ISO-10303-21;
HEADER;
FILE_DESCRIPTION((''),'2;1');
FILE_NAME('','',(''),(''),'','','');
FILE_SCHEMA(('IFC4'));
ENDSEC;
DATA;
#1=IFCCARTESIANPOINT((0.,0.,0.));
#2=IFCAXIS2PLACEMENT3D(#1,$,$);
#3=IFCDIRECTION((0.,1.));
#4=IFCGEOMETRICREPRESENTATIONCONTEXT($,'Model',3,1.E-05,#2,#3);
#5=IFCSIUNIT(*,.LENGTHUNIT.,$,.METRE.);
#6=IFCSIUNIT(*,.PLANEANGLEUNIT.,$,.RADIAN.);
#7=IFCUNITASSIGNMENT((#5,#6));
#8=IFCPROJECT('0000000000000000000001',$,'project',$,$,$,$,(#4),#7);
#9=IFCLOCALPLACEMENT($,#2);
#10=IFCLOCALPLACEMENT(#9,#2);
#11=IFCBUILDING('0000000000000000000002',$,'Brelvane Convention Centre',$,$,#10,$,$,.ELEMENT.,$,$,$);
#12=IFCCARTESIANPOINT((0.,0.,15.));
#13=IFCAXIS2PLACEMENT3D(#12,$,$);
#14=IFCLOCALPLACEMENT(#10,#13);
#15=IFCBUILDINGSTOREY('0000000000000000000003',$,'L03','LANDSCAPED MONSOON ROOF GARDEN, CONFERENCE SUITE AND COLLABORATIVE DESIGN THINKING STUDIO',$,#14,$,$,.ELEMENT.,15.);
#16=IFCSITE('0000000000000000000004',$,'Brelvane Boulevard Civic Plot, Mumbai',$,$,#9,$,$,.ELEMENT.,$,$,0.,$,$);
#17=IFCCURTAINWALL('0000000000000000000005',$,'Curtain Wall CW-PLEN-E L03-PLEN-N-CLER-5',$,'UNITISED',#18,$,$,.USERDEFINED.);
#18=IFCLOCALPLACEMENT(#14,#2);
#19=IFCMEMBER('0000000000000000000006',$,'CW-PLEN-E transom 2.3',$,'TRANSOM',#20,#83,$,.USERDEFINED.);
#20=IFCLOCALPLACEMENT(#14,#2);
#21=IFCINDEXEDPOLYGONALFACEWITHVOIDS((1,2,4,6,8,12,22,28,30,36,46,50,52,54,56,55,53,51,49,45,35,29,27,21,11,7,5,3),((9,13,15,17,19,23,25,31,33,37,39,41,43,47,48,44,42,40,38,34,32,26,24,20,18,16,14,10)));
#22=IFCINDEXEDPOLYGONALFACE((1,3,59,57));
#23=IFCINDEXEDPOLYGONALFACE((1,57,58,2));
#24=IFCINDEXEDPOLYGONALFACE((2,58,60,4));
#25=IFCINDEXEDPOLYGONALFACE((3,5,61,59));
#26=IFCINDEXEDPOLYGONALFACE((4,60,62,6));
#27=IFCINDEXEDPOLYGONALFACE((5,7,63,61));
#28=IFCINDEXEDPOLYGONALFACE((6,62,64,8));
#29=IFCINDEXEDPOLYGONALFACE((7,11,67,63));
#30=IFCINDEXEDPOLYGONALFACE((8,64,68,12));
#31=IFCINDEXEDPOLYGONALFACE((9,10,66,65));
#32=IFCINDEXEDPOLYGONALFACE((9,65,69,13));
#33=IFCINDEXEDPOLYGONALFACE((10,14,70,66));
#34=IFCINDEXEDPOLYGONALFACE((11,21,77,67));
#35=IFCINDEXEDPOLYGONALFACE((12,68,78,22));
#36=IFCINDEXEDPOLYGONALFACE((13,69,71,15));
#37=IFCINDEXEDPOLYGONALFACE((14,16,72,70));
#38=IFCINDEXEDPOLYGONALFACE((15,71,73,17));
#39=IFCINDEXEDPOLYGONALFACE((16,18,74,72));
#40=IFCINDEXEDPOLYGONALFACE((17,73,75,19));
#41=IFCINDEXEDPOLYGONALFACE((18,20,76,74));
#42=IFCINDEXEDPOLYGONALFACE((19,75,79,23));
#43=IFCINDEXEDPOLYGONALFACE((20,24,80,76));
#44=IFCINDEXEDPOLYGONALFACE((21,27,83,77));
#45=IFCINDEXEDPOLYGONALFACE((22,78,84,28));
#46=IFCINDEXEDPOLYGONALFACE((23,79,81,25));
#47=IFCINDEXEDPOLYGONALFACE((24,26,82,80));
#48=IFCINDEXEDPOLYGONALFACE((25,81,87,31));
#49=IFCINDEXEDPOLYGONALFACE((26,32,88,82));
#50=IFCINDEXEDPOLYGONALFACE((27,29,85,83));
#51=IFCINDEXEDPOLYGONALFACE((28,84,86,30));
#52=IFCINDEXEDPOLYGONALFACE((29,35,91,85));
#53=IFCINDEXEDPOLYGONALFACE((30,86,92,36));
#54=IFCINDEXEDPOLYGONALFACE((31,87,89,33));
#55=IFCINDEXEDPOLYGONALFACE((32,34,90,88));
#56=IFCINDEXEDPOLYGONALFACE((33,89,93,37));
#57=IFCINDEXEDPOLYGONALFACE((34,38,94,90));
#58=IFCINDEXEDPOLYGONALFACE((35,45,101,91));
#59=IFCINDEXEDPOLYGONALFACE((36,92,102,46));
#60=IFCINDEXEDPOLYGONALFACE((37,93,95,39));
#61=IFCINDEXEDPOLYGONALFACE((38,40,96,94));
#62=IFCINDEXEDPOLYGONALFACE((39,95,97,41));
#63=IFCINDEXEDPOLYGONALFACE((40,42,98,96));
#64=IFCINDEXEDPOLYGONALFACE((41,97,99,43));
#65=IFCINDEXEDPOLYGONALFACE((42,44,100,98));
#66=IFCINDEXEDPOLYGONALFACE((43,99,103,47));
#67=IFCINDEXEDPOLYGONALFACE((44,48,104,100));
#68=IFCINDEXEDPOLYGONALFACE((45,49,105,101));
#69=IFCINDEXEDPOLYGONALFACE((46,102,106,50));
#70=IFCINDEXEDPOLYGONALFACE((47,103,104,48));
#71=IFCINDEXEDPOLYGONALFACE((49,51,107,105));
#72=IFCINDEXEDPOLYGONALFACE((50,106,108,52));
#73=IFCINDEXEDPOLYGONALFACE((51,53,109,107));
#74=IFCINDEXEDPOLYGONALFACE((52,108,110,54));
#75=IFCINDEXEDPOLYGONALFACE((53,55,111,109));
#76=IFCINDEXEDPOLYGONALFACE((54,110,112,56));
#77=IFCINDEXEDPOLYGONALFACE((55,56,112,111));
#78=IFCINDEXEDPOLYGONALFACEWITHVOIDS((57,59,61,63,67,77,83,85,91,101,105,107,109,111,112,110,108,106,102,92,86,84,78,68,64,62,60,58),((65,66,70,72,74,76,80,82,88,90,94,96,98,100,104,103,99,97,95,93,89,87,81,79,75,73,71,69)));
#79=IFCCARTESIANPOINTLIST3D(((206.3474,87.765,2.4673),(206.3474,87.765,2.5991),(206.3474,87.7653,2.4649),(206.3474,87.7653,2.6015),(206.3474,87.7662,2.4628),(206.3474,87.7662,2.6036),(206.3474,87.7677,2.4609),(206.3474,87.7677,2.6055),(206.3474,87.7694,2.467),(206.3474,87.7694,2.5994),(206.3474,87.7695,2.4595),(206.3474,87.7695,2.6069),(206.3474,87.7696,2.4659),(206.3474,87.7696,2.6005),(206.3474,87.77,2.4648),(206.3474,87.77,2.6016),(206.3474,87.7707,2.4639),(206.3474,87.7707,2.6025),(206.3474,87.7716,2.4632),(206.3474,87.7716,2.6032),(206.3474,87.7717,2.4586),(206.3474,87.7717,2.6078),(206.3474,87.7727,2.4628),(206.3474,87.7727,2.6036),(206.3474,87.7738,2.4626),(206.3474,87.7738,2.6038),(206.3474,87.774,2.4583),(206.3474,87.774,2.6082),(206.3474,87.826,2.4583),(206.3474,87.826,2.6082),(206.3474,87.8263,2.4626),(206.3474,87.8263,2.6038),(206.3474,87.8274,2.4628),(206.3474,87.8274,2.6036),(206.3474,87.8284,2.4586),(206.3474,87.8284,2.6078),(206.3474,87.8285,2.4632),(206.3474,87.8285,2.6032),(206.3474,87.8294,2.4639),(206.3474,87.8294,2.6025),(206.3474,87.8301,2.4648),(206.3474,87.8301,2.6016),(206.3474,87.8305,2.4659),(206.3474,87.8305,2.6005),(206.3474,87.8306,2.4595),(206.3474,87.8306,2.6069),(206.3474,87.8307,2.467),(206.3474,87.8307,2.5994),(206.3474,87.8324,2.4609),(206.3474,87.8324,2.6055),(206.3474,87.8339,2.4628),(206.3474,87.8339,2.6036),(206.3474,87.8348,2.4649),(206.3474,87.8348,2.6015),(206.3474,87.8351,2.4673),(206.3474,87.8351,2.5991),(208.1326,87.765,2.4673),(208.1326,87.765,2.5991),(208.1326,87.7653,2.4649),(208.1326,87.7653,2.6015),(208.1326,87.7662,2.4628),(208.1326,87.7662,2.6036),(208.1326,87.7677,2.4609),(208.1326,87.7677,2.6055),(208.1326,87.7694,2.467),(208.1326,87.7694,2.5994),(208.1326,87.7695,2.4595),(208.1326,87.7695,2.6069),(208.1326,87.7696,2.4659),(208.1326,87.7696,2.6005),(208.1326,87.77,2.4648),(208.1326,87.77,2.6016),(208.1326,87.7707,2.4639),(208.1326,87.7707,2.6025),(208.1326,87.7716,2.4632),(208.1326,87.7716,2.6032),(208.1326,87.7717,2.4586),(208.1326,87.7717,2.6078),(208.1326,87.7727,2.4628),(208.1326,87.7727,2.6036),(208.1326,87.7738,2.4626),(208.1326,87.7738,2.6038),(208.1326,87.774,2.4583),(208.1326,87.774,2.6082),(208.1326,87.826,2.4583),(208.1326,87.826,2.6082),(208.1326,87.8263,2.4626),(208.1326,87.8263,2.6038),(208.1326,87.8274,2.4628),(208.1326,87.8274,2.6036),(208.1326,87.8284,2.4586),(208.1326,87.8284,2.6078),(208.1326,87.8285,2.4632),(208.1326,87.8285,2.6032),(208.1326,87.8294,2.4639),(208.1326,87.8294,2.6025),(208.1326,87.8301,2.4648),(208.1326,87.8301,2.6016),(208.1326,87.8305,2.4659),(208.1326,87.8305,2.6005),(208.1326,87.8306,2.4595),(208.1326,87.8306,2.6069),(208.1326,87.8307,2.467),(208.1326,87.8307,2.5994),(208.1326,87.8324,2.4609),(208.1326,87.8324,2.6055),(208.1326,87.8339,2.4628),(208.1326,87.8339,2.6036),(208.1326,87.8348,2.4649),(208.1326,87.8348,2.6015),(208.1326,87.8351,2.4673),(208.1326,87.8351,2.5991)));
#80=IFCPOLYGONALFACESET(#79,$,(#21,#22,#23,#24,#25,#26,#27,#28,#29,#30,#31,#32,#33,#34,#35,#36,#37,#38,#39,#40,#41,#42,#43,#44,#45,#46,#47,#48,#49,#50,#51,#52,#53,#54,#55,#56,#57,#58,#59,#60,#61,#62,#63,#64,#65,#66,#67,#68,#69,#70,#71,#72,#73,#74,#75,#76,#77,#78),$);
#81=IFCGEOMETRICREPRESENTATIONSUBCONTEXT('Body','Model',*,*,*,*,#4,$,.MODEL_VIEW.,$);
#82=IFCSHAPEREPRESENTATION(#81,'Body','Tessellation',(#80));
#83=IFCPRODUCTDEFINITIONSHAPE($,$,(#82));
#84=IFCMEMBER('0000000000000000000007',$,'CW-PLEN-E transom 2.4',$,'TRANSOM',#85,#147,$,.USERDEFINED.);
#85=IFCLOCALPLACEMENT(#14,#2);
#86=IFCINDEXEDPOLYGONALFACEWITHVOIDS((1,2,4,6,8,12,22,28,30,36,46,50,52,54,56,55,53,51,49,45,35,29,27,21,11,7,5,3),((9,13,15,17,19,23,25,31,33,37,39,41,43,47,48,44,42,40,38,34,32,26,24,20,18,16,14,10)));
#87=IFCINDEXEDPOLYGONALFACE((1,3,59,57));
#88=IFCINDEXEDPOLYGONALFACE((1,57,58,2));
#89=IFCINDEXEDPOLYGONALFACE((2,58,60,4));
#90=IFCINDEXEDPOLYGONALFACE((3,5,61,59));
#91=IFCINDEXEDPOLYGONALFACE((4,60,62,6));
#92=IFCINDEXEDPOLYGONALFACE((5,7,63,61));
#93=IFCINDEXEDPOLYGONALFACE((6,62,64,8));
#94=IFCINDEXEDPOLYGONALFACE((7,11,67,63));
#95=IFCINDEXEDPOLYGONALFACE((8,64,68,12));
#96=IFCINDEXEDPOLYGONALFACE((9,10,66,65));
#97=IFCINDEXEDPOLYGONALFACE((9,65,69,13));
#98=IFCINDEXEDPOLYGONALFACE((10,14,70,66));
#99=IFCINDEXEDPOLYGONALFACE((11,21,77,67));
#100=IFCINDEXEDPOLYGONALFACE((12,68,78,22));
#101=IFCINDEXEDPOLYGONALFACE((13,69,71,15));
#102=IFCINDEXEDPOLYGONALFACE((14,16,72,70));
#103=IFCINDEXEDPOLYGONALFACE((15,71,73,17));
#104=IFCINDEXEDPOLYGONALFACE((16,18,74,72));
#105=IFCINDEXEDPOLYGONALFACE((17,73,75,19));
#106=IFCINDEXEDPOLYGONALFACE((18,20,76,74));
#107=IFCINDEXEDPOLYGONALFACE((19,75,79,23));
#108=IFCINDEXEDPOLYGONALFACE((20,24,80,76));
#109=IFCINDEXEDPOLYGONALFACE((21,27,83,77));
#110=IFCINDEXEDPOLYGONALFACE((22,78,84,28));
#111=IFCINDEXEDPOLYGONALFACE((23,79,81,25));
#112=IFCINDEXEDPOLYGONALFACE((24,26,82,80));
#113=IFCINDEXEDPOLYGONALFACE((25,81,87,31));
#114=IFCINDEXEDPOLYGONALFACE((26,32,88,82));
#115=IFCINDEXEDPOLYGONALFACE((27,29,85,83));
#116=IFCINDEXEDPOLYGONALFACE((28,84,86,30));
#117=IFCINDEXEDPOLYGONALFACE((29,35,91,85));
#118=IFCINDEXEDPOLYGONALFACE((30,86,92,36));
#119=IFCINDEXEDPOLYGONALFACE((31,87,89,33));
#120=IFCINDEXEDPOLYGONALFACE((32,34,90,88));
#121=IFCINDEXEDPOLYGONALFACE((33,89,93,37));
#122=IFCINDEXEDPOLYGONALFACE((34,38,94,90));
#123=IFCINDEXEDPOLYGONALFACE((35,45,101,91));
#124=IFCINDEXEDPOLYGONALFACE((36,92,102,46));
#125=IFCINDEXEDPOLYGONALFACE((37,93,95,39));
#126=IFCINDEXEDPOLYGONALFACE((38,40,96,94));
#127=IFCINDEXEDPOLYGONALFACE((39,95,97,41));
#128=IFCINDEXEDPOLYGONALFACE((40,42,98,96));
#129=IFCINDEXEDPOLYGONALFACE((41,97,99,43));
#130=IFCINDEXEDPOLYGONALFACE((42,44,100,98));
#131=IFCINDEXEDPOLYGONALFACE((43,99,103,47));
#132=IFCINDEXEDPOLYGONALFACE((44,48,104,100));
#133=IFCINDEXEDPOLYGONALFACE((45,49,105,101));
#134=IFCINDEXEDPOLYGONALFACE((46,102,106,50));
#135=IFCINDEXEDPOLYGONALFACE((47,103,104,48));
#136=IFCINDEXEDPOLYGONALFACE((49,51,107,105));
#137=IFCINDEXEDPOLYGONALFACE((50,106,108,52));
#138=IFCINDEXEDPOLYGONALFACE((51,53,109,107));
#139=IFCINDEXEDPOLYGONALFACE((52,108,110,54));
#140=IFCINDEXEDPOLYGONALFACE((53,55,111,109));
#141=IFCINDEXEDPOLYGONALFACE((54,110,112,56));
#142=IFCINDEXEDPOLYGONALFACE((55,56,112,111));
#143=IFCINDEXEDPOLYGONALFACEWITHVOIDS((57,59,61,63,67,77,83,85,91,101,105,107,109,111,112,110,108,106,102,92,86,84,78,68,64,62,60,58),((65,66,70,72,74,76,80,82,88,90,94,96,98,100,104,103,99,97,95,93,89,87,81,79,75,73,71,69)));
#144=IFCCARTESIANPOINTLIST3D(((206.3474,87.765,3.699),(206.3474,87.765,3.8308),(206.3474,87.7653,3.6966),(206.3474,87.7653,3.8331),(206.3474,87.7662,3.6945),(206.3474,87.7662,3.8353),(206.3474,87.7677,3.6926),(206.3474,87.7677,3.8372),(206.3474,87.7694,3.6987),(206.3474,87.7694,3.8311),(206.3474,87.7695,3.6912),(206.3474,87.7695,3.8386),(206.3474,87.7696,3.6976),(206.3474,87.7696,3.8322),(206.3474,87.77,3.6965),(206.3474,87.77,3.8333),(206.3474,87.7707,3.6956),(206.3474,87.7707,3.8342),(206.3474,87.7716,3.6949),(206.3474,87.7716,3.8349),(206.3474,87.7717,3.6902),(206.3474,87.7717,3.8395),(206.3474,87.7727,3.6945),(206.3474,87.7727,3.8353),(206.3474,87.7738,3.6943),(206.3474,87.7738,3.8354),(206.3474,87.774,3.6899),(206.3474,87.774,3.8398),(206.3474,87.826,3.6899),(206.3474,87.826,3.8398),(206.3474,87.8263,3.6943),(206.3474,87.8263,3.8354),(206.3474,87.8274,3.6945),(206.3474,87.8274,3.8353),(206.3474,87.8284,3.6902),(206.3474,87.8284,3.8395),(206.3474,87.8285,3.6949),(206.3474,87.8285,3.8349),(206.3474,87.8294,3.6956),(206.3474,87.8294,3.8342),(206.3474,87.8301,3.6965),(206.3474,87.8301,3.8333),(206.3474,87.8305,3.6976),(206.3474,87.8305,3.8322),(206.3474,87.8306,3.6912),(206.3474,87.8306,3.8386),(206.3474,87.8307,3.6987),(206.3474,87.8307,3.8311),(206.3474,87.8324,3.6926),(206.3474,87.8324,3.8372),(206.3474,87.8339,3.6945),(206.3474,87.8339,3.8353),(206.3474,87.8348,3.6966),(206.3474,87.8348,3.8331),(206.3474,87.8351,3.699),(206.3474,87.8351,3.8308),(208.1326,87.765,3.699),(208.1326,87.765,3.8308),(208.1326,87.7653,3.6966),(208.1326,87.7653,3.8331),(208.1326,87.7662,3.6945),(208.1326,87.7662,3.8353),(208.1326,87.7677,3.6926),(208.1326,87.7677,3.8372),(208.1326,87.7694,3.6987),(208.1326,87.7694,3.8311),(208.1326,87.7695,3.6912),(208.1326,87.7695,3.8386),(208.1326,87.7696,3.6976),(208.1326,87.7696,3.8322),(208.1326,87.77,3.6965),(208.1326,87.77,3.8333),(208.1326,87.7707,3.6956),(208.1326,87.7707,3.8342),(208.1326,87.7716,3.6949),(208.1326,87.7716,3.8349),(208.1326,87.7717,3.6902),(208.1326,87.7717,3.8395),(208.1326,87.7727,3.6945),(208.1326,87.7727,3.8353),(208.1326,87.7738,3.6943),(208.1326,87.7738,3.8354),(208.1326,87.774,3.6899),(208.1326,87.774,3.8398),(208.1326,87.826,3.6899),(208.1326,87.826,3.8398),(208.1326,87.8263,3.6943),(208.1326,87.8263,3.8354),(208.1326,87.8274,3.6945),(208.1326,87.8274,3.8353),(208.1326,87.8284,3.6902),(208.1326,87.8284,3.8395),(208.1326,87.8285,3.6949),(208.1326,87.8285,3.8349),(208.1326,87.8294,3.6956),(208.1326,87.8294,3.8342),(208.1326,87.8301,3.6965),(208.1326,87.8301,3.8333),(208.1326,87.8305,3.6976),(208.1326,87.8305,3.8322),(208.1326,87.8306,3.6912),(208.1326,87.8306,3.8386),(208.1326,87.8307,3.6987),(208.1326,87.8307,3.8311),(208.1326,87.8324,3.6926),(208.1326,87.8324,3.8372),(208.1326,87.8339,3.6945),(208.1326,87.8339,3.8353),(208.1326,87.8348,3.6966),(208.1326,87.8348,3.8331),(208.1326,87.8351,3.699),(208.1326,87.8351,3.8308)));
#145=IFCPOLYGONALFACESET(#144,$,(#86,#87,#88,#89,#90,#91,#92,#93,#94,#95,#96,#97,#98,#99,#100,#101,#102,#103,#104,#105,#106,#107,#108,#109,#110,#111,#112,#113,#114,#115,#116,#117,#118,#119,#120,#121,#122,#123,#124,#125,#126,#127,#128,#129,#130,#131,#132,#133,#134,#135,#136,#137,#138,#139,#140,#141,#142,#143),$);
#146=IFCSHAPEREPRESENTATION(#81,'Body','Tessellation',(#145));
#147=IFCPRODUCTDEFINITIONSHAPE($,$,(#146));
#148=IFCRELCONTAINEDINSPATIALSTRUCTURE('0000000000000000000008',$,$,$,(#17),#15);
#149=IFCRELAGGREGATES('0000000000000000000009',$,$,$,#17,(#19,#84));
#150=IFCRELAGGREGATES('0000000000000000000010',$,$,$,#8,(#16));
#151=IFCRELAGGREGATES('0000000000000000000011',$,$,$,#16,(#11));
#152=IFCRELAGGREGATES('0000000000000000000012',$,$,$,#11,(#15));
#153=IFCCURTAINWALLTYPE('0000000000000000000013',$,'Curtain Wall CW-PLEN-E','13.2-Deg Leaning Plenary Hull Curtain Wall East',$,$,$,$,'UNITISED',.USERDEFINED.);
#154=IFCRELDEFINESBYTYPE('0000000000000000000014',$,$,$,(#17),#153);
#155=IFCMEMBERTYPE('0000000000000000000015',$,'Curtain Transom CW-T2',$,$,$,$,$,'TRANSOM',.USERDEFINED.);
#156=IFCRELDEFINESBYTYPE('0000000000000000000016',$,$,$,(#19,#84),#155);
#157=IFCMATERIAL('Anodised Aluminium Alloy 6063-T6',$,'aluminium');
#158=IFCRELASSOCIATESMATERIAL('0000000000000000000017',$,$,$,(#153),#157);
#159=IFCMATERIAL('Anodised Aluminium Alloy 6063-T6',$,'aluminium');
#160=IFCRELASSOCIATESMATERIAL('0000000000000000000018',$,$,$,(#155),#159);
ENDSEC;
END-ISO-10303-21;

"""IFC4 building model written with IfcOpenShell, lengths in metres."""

from ifc_helpers import new_model, si_unit, direction, frame, origin, origin_2d, place, context, subcontext, project, spatial, hollow_rectangle, extrude, material, material_profile, profile_set, type_object, element, aggregate, save


model = new_model("IFC4")

# Units and contexts
model_context = context("Model", 3, precision=1e-05, world=origin(), true_north=direction((0.0, 1.0)))
body_context = subcontext(model_context, "Body", "Model", "MODEL_VIEW")
ifc_project = project(units=[si_unit("LENGTHUNIT", "METRE"), si_unit("PLANEANGLEUNIT", "RADIAN")], contexts=[model_context])

# Site, building, storey
site_placement = place(None, origin())
site = spatial("IfcSite", under=ifc_project, at=site_placement, Name="Brelvane Boulevard Civic Plot, Mumbai", CompositionType="ELEMENT", RefElevation=0.0)
building_placement = place(site_placement, origin())
building = spatial("IfcBuilding", under=site, at=building_placement, Name="Brelvane Convention Centre", CompositionType="ELEMENT")
storey_placement = place(building_placement, frame((0.0, 0.0, 15.0)))
storey = spatial("IfcBuildingStorey", under=building, at=storey_placement, Name="L03", Description="LANDSCAPED MONSOON ROOF GARDEN, CONFERENCE SUITE AND COLLABORATIVE DESIGN THINKING STUDIO", CompositionType="ELEMENT", Elevation=15.0)

# Curtain wall, members
ifc_material_1 = material(Name="Anodised Aluminium Alloy 6063-T6", Category="aluminium")
curtain_wall_type = type_object("IfcCurtainWallType", Name="Curtain Wall CW-PLEN-E", Description="13.2-Deg Leaning Plenary Hull Curtain Wall East", ElementType="UNITISED", PredefinedType="USERDEFINED", material=ifc_material_1)
curtain_wall_placement = place(storey_placement, origin())
curtain_wall = element("IfcCurtainWall", 1, at=curtain_wall_placement, inside=storey, type_object=curtain_wall_type, Name="Curtain Wall CW-PLEN-E L03-PLEN-N-CLER-5", ObjectType="UNITISED", PredefinedType="USERDEFINED")
ifc_material_2 = material(Name="Anodised Aluminium Alloy 6063-T6", Category="aluminium")
ifc_material_profile_1 = material_profile(ifc_material_2, hollow_rectangle(XDim=0.0701, YDim=0.1499, WallThickness=0.0044, InnerFilletRadius=0.0044, OuterFilletRadius=0.009, at=origin_2d()), Name="ALU-T 150x70x4.5")
ifc_profile_set_1 = profile_set([ifc_material_profile_1], Name="Anodised Aluminium Alloy 6063-T6")
member_type_1 = type_object("IfcMemberType", Name="Curtain Transom CW-T2", ElementType="TRANSOM", PredefinedType="USERDEFINED", material=ifc_profile_set_1)
member_1_placement = place(storey_placement, frame((206.3474, 87.8, 2.5332), z_axis=(1.0, 0.0, 0.0), x_axis=(0.0, 1.0, 0.0)))
member_1 = element("IfcMember", 2, at=member_1_placement, type_object=member_type_1, Name="CW-PLEN-E transom 2.3", ObjectType="TRANSOM", PredefinedType="USERDEFINED", context=body_context, shape_type="SweptSolid", body=[
    extrude(hollow_rectangle(XDim=0.0701, YDim=0.1499, WallThickness=0.0044, InnerFilletRadius=0.0044, OuterFilletRadius=0.009, at=origin_2d()), origin(), (0.0, 0.0, 1.0), 1.7852),
])
member_2_placement = place(storey_placement, frame((206.3474, 87.8, 3.7649), z_axis=(1.0, 0.0, 0.0), x_axis=(0.0, 1.0, 0.0)))
member_2 = element("IfcMember", 3, at=member_2_placement, type_object=member_type_1, Name="CW-PLEN-E transom 2.4", ObjectType="TRANSOM", PredefinedType="USERDEFINED", context=body_context, shape_type="SweptSolid", body=[
    extrude(hollow_rectangle(XDim=0.0701, YDim=0.1499, WallThickness=0.0044, InnerFilletRadius=0.0044, OuterFilletRadius=0.009, at=origin_2d()), origin(), (0.0, 0.0, 1.0), 1.7852),
])

aggregate(curtain_wall, [member_1, member_2])

save(model, "model.ifc")
